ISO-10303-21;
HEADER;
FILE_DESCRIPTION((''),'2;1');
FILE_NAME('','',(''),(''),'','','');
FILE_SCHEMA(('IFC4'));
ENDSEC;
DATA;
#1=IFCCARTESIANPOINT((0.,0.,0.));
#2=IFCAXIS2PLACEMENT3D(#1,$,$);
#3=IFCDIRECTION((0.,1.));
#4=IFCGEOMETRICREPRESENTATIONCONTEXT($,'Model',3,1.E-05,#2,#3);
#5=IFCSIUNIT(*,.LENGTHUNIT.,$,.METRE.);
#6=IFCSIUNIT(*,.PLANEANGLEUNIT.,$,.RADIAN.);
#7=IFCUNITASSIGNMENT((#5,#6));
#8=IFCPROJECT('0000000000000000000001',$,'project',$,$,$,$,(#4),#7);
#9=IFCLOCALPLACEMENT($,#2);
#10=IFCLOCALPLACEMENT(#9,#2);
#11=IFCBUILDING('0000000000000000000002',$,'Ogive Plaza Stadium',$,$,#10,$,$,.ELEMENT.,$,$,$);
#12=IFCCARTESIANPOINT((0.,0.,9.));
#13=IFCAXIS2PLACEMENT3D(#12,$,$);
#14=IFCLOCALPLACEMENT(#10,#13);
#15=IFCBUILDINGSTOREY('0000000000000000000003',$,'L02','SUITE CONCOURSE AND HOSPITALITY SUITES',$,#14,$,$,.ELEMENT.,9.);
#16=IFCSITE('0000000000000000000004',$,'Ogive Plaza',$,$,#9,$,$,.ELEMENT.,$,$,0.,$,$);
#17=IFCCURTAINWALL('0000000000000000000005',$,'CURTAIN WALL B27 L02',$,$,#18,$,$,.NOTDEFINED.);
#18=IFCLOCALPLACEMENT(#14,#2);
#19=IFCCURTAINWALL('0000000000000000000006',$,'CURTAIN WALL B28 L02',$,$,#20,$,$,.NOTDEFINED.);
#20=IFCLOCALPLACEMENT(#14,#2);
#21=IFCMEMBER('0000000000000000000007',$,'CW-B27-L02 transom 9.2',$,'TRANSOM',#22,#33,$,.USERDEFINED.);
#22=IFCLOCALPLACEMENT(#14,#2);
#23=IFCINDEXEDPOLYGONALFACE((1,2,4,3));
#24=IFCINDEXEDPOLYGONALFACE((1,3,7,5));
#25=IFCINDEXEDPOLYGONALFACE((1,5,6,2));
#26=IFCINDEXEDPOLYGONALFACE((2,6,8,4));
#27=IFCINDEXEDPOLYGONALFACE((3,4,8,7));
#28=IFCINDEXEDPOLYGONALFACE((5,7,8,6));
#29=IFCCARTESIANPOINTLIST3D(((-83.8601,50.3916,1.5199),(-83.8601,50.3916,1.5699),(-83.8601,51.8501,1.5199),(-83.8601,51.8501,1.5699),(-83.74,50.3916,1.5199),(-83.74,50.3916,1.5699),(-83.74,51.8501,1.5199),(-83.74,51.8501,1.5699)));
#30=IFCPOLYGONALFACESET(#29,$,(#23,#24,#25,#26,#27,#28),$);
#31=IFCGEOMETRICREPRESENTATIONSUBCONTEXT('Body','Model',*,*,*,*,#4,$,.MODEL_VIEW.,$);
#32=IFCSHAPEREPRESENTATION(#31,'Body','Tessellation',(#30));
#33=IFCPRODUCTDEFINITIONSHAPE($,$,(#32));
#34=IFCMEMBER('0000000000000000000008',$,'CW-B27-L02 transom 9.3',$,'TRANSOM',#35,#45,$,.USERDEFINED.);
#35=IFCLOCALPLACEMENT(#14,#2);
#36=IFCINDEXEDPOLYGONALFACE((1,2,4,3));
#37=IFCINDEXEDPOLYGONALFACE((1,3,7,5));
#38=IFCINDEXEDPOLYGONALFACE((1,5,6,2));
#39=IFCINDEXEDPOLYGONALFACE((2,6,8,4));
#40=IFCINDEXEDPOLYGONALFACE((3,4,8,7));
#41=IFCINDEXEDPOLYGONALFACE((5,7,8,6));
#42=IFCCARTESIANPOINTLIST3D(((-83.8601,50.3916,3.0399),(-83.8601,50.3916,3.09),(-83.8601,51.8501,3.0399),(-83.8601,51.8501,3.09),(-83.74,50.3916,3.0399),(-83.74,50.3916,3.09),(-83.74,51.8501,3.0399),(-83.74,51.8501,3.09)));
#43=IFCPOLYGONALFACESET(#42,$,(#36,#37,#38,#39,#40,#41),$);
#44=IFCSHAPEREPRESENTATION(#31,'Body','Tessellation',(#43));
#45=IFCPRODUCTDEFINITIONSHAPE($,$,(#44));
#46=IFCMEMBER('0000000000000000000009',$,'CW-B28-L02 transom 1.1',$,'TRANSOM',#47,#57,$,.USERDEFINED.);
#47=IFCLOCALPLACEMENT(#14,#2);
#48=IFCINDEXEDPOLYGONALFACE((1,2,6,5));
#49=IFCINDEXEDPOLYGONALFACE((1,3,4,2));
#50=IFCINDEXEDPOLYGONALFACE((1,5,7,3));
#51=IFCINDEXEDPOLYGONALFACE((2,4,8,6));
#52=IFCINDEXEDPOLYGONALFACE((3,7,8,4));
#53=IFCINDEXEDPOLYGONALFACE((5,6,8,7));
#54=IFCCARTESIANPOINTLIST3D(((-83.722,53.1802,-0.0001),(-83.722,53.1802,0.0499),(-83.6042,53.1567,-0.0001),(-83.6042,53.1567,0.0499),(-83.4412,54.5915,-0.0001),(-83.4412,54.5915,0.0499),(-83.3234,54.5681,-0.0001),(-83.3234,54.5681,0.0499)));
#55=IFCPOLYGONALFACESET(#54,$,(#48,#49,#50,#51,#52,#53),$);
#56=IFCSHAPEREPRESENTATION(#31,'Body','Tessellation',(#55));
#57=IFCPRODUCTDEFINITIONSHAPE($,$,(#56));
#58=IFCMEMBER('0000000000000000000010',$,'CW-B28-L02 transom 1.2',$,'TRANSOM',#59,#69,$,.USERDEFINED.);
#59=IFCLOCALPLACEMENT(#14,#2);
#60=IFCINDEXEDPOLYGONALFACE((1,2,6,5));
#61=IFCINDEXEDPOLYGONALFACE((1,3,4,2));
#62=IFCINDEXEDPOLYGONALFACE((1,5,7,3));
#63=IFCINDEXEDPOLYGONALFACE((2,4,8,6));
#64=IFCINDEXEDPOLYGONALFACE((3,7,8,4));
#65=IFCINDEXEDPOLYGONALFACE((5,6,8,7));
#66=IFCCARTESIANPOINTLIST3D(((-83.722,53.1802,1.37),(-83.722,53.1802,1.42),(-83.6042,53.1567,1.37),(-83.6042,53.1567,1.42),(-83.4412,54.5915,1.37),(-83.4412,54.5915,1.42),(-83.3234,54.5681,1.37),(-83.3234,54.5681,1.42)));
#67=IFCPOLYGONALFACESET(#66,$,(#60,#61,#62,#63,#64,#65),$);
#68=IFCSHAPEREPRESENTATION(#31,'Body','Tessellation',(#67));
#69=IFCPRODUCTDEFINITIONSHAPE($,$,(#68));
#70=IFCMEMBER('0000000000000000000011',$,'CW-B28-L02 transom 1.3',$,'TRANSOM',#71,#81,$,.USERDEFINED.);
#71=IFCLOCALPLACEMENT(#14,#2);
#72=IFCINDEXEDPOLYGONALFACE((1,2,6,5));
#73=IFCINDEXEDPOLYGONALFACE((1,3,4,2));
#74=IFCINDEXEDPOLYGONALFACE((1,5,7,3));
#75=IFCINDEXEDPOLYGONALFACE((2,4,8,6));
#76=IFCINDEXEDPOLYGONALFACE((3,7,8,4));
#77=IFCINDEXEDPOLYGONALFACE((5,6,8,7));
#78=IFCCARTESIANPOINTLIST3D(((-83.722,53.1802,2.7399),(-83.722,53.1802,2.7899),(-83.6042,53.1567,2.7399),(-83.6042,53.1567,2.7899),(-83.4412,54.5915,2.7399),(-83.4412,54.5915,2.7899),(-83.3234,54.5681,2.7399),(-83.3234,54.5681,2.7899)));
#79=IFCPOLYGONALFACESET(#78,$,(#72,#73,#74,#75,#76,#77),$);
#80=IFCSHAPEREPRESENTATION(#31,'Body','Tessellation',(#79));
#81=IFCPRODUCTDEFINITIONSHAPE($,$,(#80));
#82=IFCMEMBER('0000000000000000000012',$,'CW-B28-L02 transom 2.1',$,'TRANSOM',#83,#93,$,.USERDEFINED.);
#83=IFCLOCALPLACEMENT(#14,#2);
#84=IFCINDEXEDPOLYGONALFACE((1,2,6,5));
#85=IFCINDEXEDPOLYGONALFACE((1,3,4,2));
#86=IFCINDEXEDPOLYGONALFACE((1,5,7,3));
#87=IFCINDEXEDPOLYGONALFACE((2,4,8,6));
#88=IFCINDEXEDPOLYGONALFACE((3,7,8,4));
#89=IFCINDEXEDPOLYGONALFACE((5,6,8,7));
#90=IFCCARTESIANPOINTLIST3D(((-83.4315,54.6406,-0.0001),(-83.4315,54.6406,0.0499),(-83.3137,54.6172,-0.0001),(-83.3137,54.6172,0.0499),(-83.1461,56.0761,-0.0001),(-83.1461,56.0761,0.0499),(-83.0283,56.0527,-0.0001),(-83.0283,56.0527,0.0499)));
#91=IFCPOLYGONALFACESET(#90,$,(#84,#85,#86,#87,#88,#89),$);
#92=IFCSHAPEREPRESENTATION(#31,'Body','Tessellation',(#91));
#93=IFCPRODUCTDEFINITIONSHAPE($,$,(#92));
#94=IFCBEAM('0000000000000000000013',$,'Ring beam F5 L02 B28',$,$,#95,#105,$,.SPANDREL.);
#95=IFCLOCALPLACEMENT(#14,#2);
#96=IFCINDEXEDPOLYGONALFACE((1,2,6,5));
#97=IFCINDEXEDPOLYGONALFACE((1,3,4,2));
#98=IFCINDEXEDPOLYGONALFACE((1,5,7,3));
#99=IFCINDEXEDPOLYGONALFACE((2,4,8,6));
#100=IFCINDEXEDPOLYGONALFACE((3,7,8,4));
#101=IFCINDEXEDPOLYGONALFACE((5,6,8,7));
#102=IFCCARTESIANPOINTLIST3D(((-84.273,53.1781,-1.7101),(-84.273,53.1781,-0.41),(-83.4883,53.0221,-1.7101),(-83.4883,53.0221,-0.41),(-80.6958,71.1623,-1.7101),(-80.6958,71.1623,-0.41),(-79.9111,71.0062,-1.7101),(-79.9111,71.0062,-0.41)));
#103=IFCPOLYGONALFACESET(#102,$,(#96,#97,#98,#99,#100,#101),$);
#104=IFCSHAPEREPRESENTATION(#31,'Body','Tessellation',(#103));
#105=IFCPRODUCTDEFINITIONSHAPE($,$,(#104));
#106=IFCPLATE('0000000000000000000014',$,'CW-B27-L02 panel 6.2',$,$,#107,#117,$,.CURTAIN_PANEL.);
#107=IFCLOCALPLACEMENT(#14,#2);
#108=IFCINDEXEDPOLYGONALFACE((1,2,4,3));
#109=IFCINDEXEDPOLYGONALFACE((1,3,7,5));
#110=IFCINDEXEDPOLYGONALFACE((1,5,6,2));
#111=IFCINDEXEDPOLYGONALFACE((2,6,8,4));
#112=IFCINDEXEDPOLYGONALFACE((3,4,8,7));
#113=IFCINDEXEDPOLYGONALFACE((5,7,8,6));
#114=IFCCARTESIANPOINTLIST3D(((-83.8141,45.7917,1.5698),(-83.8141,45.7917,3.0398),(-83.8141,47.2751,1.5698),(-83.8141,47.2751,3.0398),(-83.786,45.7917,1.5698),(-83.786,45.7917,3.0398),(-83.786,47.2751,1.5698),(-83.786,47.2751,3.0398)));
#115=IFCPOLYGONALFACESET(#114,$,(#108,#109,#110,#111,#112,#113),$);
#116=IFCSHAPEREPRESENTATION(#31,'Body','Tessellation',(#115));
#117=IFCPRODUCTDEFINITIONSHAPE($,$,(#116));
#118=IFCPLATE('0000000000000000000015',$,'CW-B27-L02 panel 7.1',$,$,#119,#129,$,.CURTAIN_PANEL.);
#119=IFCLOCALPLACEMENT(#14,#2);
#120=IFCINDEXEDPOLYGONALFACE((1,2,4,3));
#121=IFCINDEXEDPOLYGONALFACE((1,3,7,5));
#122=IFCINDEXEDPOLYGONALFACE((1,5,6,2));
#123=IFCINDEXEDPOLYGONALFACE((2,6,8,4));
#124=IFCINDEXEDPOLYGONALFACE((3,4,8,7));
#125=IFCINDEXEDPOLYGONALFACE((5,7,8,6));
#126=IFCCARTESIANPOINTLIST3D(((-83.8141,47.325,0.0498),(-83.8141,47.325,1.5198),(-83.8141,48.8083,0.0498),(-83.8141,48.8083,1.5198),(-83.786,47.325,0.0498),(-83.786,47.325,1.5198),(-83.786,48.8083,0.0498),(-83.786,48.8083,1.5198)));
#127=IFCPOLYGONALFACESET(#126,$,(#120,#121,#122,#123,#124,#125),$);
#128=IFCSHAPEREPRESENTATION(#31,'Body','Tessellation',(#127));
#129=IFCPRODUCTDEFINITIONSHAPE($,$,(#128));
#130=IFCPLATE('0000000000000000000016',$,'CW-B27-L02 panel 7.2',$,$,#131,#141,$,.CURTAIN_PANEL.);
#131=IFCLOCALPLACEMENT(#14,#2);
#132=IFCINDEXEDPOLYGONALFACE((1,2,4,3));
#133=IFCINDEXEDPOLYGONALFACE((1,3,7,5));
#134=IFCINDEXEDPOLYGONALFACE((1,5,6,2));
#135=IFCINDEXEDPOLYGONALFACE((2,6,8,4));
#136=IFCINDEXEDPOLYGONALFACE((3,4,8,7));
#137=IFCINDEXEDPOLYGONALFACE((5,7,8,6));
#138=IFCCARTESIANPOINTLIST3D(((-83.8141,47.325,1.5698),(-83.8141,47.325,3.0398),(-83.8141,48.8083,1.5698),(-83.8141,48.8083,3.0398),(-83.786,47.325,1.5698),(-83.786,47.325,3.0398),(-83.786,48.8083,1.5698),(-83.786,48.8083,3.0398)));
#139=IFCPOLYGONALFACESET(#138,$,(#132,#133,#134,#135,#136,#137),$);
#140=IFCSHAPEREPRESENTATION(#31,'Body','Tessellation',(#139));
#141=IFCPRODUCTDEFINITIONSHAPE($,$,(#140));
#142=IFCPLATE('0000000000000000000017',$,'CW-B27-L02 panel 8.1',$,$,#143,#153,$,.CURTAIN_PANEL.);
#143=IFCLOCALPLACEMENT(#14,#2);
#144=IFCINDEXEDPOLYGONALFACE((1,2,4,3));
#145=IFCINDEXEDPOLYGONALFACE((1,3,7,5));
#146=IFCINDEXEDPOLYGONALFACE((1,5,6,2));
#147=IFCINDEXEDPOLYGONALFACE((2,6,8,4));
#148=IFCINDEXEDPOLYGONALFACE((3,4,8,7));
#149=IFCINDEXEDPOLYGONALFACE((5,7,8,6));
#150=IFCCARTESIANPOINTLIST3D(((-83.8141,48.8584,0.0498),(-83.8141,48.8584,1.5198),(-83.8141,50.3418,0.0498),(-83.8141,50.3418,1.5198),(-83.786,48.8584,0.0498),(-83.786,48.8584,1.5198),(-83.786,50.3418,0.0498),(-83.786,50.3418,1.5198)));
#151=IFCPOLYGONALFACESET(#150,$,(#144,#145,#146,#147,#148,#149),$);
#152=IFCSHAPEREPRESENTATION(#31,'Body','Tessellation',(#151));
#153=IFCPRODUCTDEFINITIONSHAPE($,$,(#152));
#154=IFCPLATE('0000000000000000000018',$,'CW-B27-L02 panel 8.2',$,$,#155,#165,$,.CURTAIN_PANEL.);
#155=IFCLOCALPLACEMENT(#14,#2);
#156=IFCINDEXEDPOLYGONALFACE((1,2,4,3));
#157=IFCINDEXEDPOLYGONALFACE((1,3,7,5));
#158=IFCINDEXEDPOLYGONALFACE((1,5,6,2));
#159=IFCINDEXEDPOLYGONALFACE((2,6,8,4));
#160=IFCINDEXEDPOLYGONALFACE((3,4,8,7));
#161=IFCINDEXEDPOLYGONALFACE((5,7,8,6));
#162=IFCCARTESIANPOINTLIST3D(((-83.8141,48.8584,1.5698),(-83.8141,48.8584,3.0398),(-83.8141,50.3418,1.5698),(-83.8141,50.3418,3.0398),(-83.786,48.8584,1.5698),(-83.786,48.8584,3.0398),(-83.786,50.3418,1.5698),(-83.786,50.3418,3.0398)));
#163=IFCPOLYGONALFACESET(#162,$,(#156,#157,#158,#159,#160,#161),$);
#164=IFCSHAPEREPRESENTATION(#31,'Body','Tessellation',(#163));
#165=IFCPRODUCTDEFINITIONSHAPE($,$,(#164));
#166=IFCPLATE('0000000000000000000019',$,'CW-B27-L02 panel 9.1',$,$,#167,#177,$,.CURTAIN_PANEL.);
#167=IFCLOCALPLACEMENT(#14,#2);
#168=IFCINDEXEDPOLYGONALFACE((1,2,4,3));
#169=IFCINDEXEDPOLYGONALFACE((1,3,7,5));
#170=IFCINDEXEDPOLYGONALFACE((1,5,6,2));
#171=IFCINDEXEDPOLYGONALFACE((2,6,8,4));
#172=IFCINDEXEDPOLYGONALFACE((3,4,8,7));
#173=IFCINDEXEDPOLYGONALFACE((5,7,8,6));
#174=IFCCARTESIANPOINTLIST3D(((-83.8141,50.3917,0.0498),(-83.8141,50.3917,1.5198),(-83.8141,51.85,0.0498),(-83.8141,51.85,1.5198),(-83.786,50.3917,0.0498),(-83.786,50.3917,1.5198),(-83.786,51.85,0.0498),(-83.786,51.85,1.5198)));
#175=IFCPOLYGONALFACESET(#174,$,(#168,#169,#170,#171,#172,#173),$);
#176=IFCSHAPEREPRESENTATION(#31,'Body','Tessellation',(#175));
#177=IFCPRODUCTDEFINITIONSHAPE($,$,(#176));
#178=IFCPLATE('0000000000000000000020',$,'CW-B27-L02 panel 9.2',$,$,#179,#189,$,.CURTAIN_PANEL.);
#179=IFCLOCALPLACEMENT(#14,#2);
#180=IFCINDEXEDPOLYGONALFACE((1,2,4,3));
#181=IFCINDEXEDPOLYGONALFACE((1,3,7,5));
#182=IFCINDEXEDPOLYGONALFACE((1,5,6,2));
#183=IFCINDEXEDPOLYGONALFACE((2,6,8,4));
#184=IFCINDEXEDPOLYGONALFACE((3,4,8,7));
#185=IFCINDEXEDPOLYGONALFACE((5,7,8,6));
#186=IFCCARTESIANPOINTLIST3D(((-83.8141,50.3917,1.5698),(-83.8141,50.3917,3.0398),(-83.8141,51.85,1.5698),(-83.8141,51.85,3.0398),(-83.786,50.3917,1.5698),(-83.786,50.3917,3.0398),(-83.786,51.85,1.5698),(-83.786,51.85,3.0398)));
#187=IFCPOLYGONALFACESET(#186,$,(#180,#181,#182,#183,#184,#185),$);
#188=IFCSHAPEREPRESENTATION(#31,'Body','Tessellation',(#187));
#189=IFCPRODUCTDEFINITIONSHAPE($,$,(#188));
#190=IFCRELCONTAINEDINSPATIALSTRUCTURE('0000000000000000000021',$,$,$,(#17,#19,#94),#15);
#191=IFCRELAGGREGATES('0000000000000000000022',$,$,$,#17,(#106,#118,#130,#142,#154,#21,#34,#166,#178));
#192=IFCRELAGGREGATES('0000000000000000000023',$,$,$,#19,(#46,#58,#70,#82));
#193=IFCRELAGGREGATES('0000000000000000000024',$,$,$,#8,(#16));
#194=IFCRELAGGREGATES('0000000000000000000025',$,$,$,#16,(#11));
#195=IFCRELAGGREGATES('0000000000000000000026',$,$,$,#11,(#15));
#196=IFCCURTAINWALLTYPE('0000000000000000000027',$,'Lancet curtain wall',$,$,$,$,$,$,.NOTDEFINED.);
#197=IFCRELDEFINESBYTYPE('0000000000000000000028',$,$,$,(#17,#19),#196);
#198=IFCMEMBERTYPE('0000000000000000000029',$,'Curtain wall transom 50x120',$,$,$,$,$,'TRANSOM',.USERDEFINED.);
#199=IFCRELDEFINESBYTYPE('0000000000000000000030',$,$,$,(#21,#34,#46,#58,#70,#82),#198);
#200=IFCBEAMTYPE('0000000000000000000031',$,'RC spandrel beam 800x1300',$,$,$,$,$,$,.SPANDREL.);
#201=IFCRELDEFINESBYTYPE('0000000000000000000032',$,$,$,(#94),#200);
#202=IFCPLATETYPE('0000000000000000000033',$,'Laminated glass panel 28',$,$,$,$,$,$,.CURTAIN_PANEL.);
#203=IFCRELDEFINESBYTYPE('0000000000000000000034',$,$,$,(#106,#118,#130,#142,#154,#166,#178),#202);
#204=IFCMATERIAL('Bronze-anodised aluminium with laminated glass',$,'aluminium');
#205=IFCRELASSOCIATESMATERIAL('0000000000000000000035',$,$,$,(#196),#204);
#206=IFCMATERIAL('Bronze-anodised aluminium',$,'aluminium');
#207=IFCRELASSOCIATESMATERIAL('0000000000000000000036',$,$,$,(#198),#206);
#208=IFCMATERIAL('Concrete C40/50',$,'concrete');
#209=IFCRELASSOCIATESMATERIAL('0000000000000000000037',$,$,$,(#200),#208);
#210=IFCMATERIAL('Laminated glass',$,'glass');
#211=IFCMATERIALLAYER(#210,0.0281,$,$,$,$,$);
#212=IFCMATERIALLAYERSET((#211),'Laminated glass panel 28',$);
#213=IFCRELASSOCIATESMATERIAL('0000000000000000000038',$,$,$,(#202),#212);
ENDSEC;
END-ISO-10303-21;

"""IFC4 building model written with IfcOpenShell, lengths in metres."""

from ifc_helpers import new_model, si_unit, direction, frame, origin, origin_2d, place, context, subcontext, project, spatial, rectangle, extrude, material, layer, layer_set, material_profile, profile_set, type_object, element, aggregate, save


model = new_model("IFC4")

# Units and contexts
model_context = context("Model", 3, precision=1e-05, world=origin(), true_north=direction((0.0, 1.0)))
body_context = subcontext(model_context, "Body", "Model", "MODEL_VIEW")
ifc_project = project(units=[si_unit("LENGTHUNIT", "METRE"), si_unit("PLANEANGLEUNIT", "RADIAN")], contexts=[model_context])

# Site, building, storey
site_placement = place(None, origin())
site = spatial("IfcSite", under=ifc_project, at=site_placement, Name="Ogive Plaza", CompositionType="ELEMENT", RefElevation=0.0)
building_placement = place(site_placement, origin())
building = spatial("IfcBuilding", under=site, at=building_placement, Name="Ogive Plaza Stadium", CompositionType="ELEMENT")
storey_placement = place(building_placement, frame((0.0, 0.0, 9.0)))
storey = spatial("IfcBuildingStorey", under=building, at=storey_placement, Name="L02", Description="SUITE CONCOURSE AND HOSPITALITY SUITES", CompositionType="ELEMENT", Elevation=9.0)

# Curtain walls
ifc_material_1 = material(Name="Bronze-anodised aluminium with laminated glass", Category="aluminium")
curtain_wall_type = type_object("IfcCurtainWallType", Name="Lancet curtain wall", PredefinedType="NOTDEFINED", material=ifc_material_1)
curtain_wall_1_placement = place(storey_placement, origin())
curtain_wall_1 = element("IfcCurtainWall", 1, at=curtain_wall_1_placement, inside=storey, type_object=curtain_wall_type, Name="CURTAIN WALL B27 L02", PredefinedType="NOTDEFINED")
curtain_wall_2_placement = place(storey_placement, origin())
curtain_wall_2 = element("IfcCurtainWall", 2, at=curtain_wall_2_placement, inside=storey, type_object=curtain_wall_type, Name="CURTAIN WALL B28 L02", PredefinedType="NOTDEFINED")

# Members
ifc_material_2 = material(Name="Bronze-anodised aluminium", Category="aluminium")
ifc_material_profile_1 = material_profile(ifc_material_2, rectangle(XDim=0.1201, YDim=0.05, at=origin_2d()), Name="AL 120x50")
ifc_profile_set_1 = profile_set([ifc_material_profile_1], Name="Bronze-anodised aluminium")
member_type_1 = type_object("IfcMemberType", Name="Curtain wall transom 50x120", ElementType="TRANSOM", PredefinedType="USERDEFINED", material=ifc_profile_set_1)
member_1_placement = place(storey_placement, frame((-83.8, 50.3916, 1.5449), z_axis=(0.0, 1.0, 0.0), x_axis=(-1.0, 0.0, 0.0)))
member_1 = element("IfcMember", 3, at=member_1_placement, type_object=member_type_1, Name="CW-B27-L02 transom 9.2", ObjectType="TRANSOM", PredefinedType="USERDEFINED", context=body_context, shape_type="SweptSolid", body=[
    extrude(rectangle(XDim=0.1201, YDim=0.05, at=origin_2d()), origin(), (0.0, 0.0, 1.0), 1.4585),
])
member_2_placement = place(storey_placement, frame((-83.8, 50.3916, 3.0649), z_axis=(0.0, 1.0, 0.0), x_axis=(-1.0, 0.0, 0.0)))
member_2 = element("IfcMember", 4, at=member_2_placement, type_object=member_type_1, Name="CW-B27-L02 transom 9.3", ObjectType="TRANSOM", PredefinedType="USERDEFINED", context=body_context, shape_type="SweptSolid", body=[
    extrude(rectangle(XDim=0.1201, YDim=0.05, at=origin_2d()), origin(), (0.0, 0.0, 1.0), 1.4585),
])
member_3_placement = place(storey_placement, frame((-83.6631, 53.1685, 0.0249), z_axis=(0.195105, 0.980782, 0.0), x_axis=(-0.980782, 0.195105, 0.0)))
member_3 = element("IfcMember", 5, at=member_3_placement, type_object=member_type_1, Name="CW-B28-L02 transom 1.1", ObjectType="TRANSOM", PredefinedType="USERDEFINED", context=body_context, shape_type="SweptSolid", body=[
    extrude(rectangle(XDim=0.1201, YDim=0.05, at=origin_2d()), origin(), (0.0, 0.0, 1.0), 1.439),
])
member_4_placement = place(storey_placement, frame((-83.6631, 53.1685, 1.395), z_axis=(0.195105, 0.980782, 0.0), x_axis=(-0.980782, 0.195105, 0.0)))
member_4 = element("IfcMember", 6, at=member_4_placement, type_object=member_type_1, Name="CW-B28-L02 transom 1.2", ObjectType="TRANSOM", PredefinedType="USERDEFINED", context=body_context, shape_type="SweptSolid", body=[
    extrude(rectangle(XDim=0.1201, YDim=0.05, at=origin_2d()), origin(), (0.0, 0.0, 1.0), 1.439),
])
member_5_placement = place(storey_placement, frame((-83.6631, 53.1685, 2.7649), z_axis=(0.195105, 0.980782, 0.0), x_axis=(-0.980782, 0.195105, 0.0)))
member_5 = element("IfcMember", 7, at=member_5_placement, type_object=member_type_1, Name="CW-B28-L02 transom 1.3", ObjectType="TRANSOM", PredefinedType="USERDEFINED", context=body_context, shape_type="SweptSolid", body=[
    extrude(rectangle(XDim=0.1201, YDim=0.05, at=origin_2d()), origin(), (0.0, 0.0, 1.0), 1.439),
])
member_6_placement = place(storey_placement, frame((-83.3726, 54.6289, 0.0249), z_axis=(0.194993, 0.980805, 0.0), x_axis=(-0.980805, 0.194993, 0.0)))
member_6 = element("IfcMember", 8, at=member_6_placement, type_object=member_type_1, Name="CW-B28-L02 transom 2.1", ObjectType="TRANSOM", PredefinedType="USERDEFINED", context=body_context, shape_type="SweptSolid", body=[
    extrude(rectangle(XDim=0.1201, YDim=0.05, at=origin_2d()), origin(), (0.0, 0.0, 1.0), 1.4636),
])

# Beam
ifc_material_3 = material(Name="Concrete C40/50", Category="concrete")
ifc_material_profile_2 = material_profile(ifc_material_3, rectangle(XDim=0.8, YDim=1.3, at=origin_2d()), Name="RC 800x1300")
ifc_profile_set_2 = profile_set([ifc_material_profile_2], Name="Concrete C40/50")
beam_type = type_object("IfcBeamType", Name="RC spandrel beam 800x1300", PredefinedType="SPANDREL", material=ifc_profile_set_2)
beam_placement = place(storey_placement, frame((-83.8806, 53.1001, -1.0601), z_axis=(0.195084, 0.980787, 0.0), x_axis=(-0.980787, 0.195084, 0.0)))
element("IfcBeam", 9, at=beam_placement, inside=storey, type_object=beam_type, Name="Ring beam F5 L02 B28", PredefinedType="SPANDREL", context=body_context, shape_type="SweptSolid", body=[
    extrude(rectangle(XDim=0.8, YDim=1.3, at=origin_2d()), origin(), (0.0, 0.0, 1.0), 18.3364),
])

# Plates
ifc_material_4 = material(Name="Laminated glass", Category="glass")
ifc_layer = layer(ifc_material_4, 0.0281)
ifc_layer_set = layer_set([ifc_layer], Name="Laminated glass panel 28")
plate_type = type_object("IfcPlateType", Name="Laminated glass panel 28", PredefinedType="CURTAIN_PANEL", material=ifc_layer_set)
plate_1_placement = place(storey_placement, frame((-83.8, 46.5334, 1.5698), z_axis=(0.0, 0.0, 1.0), x_axis=(0.0, 1.0, 0.0)))
plate_1 = element("IfcPlate", 10, at=plate_1_placement, type_object=plate_type, Name="CW-B27-L02 panel 6.2", PredefinedType="CURTAIN_PANEL", context=body_context, shape_type="SweptSolid", body=[
    extrude(rectangle(XDim=1.4834, YDim=0.0281, at=origin_2d()), origin(), (0.0, 0.0, 1.0), 1.47),
])
plate_2_placement = place(storey_placement, frame((-83.8, 48.0667, 0.0498), z_axis=(0.0, 0.0, 1.0), x_axis=(0.0, 1.0, 0.0)))
plate_2 = element("IfcPlate", 11, at=plate_2_placement, type_object=plate_type, Name="CW-B27-L02 panel 7.1", PredefinedType="CURTAIN_PANEL", context=body_context, shape_type="SweptSolid", body=[
    extrude(rectangle(XDim=1.4834, YDim=0.0281, at=origin_2d()), origin(), (0.0, 0.0, 1.0), 1.47),
])
plate_3_placement = place(storey_placement, frame((-83.8, 48.0667, 1.5698), z_axis=(0.0, 0.0, 1.0), x_axis=(0.0, 1.0, 0.0)))
plate_3 = element("IfcPlate", 12, at=plate_3_placement, type_object=plate_type, Name="CW-B27-L02 panel 7.2", PredefinedType="CURTAIN_PANEL", context=body_context, shape_type="SweptSolid", body=[
    extrude(rectangle(XDim=1.4834, YDim=0.0281, at=origin_2d()), origin(), (0.0, 0.0, 1.0), 1.47),
])
plate_4_placement = place(storey_placement, frame((-83.8, 49.6001, 0.0498), z_axis=(0.0, 0.0, 1.0), x_axis=(0.0, 1.0, 0.0)))
plate_4 = element("IfcPlate", 13, at=plate_4_placement, type_object=plate_type, Name="CW-B27-L02 panel 8.1", PredefinedType="CURTAIN_PANEL", context=body_context, shape_type="SweptSolid", body=[
    extrude(rectangle(XDim=1.4834, YDim=0.0281, at=origin_2d()), origin(), (0.0, 0.0, 1.0), 1.47),
])
plate_5_placement = place(storey_placement, frame((-83.8, 49.6001, 1.5698), z_axis=(0.0, 0.0, 1.0), x_axis=(0.0, 1.0, 0.0)))
plate_5 = element("IfcPlate", 14, at=plate_5_placement, type_object=plate_type, Name="CW-B27-L02 panel 8.2", PredefinedType="CURTAIN_PANEL", context=body_context, shape_type="SweptSolid", body=[
    extrude(rectangle(XDim=1.4834, YDim=0.0281, at=origin_2d()), origin(), (0.0, 0.0, 1.0), 1.47),
])
plate_6_placement = place(storey_placement, frame((-83.8, 51.1208, 0.0498), z_axis=(0.0, 0.0, 1.0), x_axis=(0.0, 1.0, 0.0)))
plate_6 = element("IfcPlate", 15, at=plate_6_placement, type_object=plate_type, Name="CW-B27-L02 panel 9.1", PredefinedType="CURTAIN_PANEL", context=body_context, shape_type="SweptSolid", body=[
    extrude(rectangle(XDim=1.4583, YDim=0.0281, at=origin_2d()), origin(), (0.0, 0.0, 1.0), 1.47),
])
plate_7_placement = place(storey_placement, frame((-83.8, 51.1208, 1.5698), z_axis=(0.0, 0.0, 1.0), x_axis=(0.0, 1.0, 0.0)))
plate_7 = element("IfcPlate", 16, at=plate_7_placement, type_object=plate_type, Name="CW-B27-L02 panel 9.2", PredefinedType="CURTAIN_PANEL", context=body_context, shape_type="SweptSolid", body=[
    extrude(rectangle(XDim=1.4583, YDim=0.0281, at=origin_2d()), origin(), (0.0, 0.0, 1.0), 1.47),
])
aggregate(curtain_wall_1, [plate_1, plate_2, plate_3, plate_4, plate_5, member_1, member_2, plate_6, plate_7])
aggregate(curtain_wall_2, [member_3, member_4, member_5, member_6])

save(model, "model.ifc")
